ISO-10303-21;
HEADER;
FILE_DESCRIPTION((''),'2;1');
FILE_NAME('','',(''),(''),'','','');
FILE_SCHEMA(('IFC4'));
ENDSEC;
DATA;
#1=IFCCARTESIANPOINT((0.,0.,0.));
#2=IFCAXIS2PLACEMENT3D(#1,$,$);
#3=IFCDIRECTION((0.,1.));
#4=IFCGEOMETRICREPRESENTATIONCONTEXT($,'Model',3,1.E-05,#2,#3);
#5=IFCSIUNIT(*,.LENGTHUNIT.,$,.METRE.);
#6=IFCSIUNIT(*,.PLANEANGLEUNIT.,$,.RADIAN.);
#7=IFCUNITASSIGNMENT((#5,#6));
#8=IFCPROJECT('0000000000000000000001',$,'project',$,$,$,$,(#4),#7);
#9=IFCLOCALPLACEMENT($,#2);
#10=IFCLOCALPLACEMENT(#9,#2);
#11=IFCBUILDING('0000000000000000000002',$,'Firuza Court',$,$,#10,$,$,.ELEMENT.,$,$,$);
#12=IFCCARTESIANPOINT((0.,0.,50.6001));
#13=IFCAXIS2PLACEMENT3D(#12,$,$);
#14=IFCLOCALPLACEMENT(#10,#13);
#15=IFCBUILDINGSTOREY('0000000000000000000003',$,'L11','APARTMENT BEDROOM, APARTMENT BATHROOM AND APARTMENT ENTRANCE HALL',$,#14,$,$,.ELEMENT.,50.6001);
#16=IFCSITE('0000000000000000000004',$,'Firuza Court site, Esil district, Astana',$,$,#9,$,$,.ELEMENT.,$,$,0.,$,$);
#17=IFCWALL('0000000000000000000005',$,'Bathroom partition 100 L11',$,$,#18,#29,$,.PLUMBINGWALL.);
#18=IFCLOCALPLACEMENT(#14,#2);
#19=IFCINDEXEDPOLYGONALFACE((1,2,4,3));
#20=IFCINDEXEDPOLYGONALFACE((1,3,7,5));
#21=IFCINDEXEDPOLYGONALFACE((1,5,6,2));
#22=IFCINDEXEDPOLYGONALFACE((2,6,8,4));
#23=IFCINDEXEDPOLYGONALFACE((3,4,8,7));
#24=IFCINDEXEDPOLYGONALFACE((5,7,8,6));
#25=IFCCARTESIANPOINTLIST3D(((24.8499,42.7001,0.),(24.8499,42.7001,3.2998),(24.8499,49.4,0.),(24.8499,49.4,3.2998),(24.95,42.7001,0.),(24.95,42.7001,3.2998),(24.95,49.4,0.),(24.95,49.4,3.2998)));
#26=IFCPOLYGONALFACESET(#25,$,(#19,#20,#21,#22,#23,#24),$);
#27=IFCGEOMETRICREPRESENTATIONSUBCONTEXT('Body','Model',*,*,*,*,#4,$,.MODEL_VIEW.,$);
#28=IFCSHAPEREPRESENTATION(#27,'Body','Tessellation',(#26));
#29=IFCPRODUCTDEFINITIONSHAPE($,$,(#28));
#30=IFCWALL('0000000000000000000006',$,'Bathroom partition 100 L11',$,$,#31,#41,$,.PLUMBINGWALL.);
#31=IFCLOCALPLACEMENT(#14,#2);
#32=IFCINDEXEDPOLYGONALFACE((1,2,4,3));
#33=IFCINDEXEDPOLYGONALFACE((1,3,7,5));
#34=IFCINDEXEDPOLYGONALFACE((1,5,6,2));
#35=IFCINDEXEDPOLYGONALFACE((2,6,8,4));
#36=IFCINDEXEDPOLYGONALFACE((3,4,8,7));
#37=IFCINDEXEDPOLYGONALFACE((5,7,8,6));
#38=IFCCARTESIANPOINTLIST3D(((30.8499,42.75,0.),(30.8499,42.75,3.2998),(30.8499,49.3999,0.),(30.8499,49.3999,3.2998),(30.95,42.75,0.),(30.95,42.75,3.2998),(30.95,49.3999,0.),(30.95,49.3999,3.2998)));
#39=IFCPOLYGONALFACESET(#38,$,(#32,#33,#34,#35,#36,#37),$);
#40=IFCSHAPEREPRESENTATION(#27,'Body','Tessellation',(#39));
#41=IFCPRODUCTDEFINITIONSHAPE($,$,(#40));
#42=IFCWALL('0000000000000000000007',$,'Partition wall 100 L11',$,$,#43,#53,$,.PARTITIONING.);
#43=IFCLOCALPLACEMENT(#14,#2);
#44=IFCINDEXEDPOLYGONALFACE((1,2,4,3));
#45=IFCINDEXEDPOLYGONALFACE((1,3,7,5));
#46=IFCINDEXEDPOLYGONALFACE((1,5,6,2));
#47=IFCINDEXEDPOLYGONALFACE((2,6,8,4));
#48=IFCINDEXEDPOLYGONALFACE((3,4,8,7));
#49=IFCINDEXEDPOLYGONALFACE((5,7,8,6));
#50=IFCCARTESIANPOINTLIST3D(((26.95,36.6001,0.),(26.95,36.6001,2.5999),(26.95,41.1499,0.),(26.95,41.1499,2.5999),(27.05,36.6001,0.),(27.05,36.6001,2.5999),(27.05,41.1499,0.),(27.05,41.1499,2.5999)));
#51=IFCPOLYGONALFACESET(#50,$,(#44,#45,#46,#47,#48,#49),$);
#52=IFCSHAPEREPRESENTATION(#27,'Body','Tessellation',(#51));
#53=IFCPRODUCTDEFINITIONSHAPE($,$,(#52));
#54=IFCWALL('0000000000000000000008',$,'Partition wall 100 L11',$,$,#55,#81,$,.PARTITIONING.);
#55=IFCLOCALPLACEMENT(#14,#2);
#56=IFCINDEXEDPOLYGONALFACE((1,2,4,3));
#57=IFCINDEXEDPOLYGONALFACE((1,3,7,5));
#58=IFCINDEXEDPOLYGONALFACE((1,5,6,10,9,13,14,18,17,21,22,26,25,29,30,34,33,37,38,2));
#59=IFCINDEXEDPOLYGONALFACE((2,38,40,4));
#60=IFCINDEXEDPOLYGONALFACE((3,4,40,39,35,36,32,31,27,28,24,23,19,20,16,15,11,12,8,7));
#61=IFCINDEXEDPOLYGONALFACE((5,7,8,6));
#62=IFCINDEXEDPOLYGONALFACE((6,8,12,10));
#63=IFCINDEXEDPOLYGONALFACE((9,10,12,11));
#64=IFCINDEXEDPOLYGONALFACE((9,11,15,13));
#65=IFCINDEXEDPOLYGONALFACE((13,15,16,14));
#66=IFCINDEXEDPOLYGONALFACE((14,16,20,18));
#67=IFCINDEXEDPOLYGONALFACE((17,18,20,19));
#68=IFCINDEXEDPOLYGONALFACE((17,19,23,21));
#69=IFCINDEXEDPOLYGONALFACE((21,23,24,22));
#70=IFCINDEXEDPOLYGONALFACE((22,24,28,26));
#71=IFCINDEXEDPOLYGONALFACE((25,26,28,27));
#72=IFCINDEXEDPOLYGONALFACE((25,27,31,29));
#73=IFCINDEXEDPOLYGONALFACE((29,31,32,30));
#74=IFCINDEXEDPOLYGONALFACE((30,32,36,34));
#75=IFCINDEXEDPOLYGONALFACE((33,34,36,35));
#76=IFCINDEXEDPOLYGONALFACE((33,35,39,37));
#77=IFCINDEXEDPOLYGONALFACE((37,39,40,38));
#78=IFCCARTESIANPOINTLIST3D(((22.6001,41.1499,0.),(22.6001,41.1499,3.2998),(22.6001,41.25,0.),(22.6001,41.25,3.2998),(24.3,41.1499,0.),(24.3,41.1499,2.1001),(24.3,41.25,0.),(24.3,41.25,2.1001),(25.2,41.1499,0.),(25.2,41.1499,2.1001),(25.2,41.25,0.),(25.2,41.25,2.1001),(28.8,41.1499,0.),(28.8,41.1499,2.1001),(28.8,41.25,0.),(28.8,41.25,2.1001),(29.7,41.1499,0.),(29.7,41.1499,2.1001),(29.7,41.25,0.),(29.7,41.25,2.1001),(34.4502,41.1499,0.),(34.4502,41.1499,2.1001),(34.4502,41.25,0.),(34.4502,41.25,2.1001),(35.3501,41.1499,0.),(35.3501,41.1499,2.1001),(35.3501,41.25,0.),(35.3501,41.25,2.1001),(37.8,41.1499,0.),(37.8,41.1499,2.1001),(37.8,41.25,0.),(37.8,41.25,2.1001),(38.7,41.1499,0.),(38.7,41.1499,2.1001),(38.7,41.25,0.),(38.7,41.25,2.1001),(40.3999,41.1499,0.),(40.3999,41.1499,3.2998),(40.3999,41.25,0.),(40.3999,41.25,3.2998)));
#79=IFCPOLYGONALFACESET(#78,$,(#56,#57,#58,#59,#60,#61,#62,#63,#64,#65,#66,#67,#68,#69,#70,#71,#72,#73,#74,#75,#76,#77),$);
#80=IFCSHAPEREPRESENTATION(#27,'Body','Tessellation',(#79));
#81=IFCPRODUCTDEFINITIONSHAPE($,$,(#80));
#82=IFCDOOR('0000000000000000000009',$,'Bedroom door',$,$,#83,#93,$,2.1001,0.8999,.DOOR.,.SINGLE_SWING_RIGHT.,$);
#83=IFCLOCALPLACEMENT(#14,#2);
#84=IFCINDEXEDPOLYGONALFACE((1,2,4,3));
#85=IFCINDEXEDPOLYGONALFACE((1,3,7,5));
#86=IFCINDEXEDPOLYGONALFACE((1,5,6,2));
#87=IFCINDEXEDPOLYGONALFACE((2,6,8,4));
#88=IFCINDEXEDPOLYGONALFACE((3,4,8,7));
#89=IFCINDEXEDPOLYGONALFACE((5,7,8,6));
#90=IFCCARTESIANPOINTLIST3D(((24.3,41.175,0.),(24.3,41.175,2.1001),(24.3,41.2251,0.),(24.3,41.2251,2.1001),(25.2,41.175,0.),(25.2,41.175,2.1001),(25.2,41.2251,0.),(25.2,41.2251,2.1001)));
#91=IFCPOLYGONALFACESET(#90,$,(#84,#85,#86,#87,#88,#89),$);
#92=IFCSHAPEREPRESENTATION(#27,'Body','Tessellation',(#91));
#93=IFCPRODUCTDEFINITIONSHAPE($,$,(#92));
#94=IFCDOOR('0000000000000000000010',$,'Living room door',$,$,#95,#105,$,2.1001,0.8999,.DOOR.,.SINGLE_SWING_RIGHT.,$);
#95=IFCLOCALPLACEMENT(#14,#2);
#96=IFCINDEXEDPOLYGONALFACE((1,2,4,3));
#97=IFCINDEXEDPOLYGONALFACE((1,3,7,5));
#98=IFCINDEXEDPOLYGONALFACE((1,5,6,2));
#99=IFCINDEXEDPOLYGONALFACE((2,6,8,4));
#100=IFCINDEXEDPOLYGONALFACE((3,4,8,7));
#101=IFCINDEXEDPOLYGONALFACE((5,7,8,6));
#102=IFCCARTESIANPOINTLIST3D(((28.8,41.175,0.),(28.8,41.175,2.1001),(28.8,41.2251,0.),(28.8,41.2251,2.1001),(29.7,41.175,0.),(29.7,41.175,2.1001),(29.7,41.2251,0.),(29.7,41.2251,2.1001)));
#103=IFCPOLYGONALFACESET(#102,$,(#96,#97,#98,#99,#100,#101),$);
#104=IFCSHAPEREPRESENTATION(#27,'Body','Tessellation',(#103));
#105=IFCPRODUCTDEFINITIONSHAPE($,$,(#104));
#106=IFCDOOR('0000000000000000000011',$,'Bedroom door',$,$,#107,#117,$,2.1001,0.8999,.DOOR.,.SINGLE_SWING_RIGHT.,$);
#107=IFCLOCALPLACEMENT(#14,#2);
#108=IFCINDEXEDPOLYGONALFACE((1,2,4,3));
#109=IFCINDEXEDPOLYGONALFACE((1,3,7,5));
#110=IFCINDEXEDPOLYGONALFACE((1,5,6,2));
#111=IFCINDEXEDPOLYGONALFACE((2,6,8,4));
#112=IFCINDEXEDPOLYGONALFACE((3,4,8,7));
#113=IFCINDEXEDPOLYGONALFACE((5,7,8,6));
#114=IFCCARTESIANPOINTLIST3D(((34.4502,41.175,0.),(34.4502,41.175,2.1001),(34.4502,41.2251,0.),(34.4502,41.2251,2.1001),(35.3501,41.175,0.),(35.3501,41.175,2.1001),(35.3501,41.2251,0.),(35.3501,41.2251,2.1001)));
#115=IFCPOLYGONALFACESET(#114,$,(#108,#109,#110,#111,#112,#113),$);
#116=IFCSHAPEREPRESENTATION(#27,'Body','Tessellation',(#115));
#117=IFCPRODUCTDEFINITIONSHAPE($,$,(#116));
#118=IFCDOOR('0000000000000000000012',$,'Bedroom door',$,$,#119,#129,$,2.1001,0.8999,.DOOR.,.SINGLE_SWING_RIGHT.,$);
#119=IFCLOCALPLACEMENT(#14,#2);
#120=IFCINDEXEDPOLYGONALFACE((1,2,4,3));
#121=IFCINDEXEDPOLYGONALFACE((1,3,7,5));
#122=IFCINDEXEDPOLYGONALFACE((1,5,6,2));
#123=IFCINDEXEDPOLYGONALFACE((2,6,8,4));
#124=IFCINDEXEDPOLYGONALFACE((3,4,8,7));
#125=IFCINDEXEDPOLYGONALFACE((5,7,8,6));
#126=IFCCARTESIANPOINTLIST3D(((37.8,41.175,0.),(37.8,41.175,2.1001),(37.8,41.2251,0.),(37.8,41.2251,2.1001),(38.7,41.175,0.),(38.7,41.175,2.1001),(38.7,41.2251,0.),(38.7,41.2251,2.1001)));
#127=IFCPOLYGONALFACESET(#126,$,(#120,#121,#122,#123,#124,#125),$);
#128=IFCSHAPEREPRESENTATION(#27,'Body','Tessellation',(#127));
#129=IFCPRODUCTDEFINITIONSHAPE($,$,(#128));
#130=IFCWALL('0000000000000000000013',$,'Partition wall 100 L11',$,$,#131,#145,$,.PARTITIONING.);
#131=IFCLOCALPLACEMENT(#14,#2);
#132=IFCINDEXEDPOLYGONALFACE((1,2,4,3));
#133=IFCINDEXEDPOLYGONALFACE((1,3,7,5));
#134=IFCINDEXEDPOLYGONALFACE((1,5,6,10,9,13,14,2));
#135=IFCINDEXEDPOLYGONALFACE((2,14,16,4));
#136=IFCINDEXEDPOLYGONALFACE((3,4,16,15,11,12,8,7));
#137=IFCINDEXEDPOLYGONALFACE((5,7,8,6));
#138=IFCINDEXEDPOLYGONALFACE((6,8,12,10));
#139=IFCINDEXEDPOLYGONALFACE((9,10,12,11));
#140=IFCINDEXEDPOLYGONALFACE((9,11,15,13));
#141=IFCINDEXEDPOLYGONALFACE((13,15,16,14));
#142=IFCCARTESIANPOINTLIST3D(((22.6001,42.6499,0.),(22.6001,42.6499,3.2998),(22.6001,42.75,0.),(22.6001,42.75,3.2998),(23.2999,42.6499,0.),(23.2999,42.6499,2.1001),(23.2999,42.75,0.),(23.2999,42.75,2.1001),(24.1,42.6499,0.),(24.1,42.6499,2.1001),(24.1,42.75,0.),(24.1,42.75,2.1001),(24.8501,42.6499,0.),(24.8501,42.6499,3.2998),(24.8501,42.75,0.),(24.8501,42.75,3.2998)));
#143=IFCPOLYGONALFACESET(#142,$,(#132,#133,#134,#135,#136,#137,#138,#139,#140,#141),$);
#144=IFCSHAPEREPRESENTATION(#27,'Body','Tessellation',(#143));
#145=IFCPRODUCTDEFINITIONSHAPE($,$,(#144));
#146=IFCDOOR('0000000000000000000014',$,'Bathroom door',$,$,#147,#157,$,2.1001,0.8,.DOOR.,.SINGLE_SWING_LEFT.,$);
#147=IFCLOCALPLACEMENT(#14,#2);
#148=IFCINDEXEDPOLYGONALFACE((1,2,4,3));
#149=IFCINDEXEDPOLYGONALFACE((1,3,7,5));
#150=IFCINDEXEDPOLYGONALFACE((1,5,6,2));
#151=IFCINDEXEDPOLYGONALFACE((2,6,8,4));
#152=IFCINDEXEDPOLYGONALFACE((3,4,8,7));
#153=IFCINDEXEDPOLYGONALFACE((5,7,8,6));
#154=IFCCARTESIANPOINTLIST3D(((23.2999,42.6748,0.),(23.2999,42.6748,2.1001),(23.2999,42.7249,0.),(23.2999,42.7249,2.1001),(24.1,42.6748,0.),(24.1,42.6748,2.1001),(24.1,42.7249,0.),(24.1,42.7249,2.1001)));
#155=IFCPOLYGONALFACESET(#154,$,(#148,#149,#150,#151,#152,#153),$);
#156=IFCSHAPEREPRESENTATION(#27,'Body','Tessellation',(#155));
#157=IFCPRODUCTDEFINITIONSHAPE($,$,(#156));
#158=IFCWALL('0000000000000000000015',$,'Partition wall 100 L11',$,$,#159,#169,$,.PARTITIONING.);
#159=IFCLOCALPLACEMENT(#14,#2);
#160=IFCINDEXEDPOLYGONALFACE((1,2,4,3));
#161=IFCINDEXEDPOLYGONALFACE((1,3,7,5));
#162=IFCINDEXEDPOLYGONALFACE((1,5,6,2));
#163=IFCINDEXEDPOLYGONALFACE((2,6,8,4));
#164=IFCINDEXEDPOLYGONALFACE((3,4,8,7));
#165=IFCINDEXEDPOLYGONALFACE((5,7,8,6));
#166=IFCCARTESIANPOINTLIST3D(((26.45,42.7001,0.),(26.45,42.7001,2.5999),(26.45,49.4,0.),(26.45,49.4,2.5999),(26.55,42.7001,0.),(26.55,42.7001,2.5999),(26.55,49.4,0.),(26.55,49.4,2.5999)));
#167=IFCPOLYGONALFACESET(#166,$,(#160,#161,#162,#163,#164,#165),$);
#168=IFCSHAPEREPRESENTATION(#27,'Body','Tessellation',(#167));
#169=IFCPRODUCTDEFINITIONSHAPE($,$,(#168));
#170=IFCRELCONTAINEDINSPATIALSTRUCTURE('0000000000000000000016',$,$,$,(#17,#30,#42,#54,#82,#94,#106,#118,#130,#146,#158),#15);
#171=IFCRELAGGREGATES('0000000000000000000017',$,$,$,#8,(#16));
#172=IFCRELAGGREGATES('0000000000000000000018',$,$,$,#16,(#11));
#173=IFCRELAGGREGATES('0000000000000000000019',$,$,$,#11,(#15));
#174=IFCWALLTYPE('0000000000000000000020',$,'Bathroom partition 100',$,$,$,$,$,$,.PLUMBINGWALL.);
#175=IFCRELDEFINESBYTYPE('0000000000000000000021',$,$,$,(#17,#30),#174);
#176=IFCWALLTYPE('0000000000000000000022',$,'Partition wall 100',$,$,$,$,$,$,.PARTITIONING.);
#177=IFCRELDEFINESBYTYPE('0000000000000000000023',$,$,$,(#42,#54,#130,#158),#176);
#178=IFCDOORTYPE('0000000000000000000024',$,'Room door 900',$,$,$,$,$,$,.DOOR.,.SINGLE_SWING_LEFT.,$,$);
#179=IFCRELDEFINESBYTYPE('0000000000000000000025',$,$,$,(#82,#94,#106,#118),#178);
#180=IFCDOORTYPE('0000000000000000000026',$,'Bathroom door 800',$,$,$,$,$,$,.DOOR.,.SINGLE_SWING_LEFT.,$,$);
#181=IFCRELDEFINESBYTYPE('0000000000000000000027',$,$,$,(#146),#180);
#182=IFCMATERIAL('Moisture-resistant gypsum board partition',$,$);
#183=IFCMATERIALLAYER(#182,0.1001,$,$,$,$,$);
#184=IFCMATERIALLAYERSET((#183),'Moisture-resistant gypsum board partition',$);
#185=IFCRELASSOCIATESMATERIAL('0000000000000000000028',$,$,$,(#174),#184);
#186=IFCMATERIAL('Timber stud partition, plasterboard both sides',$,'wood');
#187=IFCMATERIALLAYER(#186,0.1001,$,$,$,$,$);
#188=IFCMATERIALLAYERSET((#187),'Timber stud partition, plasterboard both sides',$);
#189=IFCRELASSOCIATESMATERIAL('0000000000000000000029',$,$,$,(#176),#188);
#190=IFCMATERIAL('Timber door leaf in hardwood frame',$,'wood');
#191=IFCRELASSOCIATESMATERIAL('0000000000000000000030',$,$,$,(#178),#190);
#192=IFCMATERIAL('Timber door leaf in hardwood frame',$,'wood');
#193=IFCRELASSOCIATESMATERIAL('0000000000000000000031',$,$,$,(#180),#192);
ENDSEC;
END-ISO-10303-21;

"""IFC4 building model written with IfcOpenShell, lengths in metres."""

from ifc_helpers import new_model, si_unit, direction, frame, frame_2d, origin, place, context, subcontext, project, spatial, rectangle, extrude, material, layer, layer_set, type_object, element, fill, save


model = new_model("IFC4")

# Units and contexts
model_context = context("Model", 3, precision=1e-05, world=origin(), true_north=direction((0.0, 1.0)))
body_context = subcontext(model_context, "Body", "Model", "MODEL_VIEW")
ifc_project = project(units=[si_unit("LENGTHUNIT", "METRE"), si_unit("PLANEANGLEUNIT", "RADIAN")], contexts=[model_context])

# Site, building, storey
site_placement = place(None, origin())
site = spatial("IfcSite", under=ifc_project, at=site_placement, Name="Firuza Court site, Esil district, Astana", CompositionType="ELEMENT", RefElevation=0.0)
building_placement = place(site_placement, origin())
building = spatial("IfcBuilding", under=site, at=building_placement, Name="Firuza Court", CompositionType="ELEMENT")
storey_placement = place(building_placement, frame((0.0, 0.0, 50.6001)))
storey = spatial("IfcBuildingStorey", under=building, at=storey_placement, Name="L11", Description="APARTMENT BEDROOM, APARTMENT BATHROOM AND APARTMENT ENTRANCE HALL", CompositionType="ELEMENT", Elevation=50.6001)

# Walls
ifc_material_1 = material(Name="Moisture-resistant gypsum board partition")
ifc_layer_1 = layer(ifc_material_1, 0.1001)
ifc_layer_set_1 = layer_set([ifc_layer_1], Name="Moisture-resistant gypsum board partition")
wall_type_1 = type_object("IfcWallType", Name="Bathroom partition 100", PredefinedType="PLUMBINGWALL", material=ifc_layer_set_1)
wall_1_placement = place(storey_placement, frame((24.8999, 42.7, 0.0), z_axis=(0.0, 0.0, 1.0), x_axis=(0.0, 1.0, 0.0)))
element("IfcWall", 1, at=wall_1_placement, inside=storey, type_object=wall_type_1, Name="Bathroom partition 100 L11", PredefinedType="PLUMBINGWALL", context=body_context, shape_type="SweptSolid", body=[
    extrude(rectangle(XDim=6.7, YDim=0.1001, at=frame_2d((3.3501, 0.0))), origin(), (0.0, 0.0, 1.0), 3.2998),
])
wall_2_placement = place(storey_placement, frame((30.8999, 42.75, 0.0), z_axis=(0.0, 0.0, 1.0), x_axis=(0.0, 1.0, 0.0)))
element("IfcWall", 2, at=wall_2_placement, inside=storey, type_object=wall_type_1, Name="Bathroom partition 100 L11", PredefinedType="PLUMBINGWALL", context=body_context, shape_type="SweptSolid", body=[
    extrude(rectangle(XDim=6.6499, YDim=0.1001, at=frame_2d((3.325, 0.0))), origin(), (0.0, 0.0, 1.0), 3.2998),
])
ifc_material_2 = material(Name="Timber stud partition, plasterboard both sides", Category="wood")
ifc_layer_2 = layer(ifc_material_2, 0.1001)
ifc_layer_set_2 = layer_set([ifc_layer_2], Name="Timber stud partition, plasterboard both sides")
wall_type_2 = type_object("IfcWallType", Name="Partition wall 100", PredefinedType="PARTITIONING", material=ifc_layer_set_2)
wall_3_placement = place(storey_placement, frame((27.0, 36.6001, 0.0), z_axis=(0.0, 0.0, 1.0), x_axis=(0.0, 1.0, 0.0)))
element("IfcWall", 3, at=wall_3_placement, inside=storey, type_object=wall_type_2, Name="Partition wall 100 L11", PredefinedType="PARTITIONING", context=body_context, shape_type="SweptSolid", body=[
    extrude(rectangle(XDim=4.5498, YDim=0.1001, at=frame_2d((2.2749, 0.0))), origin(), (0.0, 0.0, 1.0), 2.5999),
])

# Wall, openings, doors
wall_4_placement = place(storey_placement, frame((22.6001, 41.2, 0.0), z_axis=(0.0, 0.0, 1.0), x_axis=(1.0, 0.0, 0.0)))
wall_4 = element("IfcWall", 4, at=wall_4_placement, inside=storey, type_object=wall_type_2, Name="Partition wall 100 L11", PredefinedType="PARTITIONING", context=body_context, shape_type="SweptSolid", body=[
    extrude(rectangle(XDim=17.7998, YDim=0.1001, at=frame_2d((8.8999, 0.0))), origin(), (0.0, 0.0, 1.0), 3.2998),
])
opening_1_placement = place(wall_4_placement, frame((1.7, 0.0, 0.0)))
opening_1 = element("IfcOpeningElement", 5, at=opening_1_placement, cuts=wall_4, PredefinedType="OPENING", context=body_context, shape_type="SweptSolid", body=[
    extrude(rectangle(XDim=0.8999, YDim=2.1001, at=frame_2d((0.45, 1.05))), frame((0.0, 0.062, 0.0), z_axis=(0.0, -1.0, 0.0), x_axis=(1.0, 0.0, 0.0)), (0.0, 0.0, 1.0), 0.124),
])
opening_2_placement = place(wall_4_placement, frame((6.2, 0.0, 0.0)))
opening_2 = element("IfcOpeningElement", 6, at=opening_2_placement, cuts=wall_4, PredefinedType="OPENING", context=body_context, shape_type="SweptSolid", body=[
    extrude(rectangle(XDim=0.8999, YDim=2.1001, at=frame_2d((0.45, 1.05))), frame((0.0, 0.062, 0.0), z_axis=(0.0, -1.0, 0.0), x_axis=(1.0, 0.0, 0.0)), (0.0, 0.0, 1.0), 0.124),
])
opening_3_placement = place(wall_4_placement, frame((11.8501, 0.0, 0.0)))
opening_3 = element("IfcOpeningElement", 7, at=opening_3_placement, cuts=wall_4, PredefinedType="OPENING", context=body_context, shape_type="SweptSolid", body=[
    extrude(rectangle(XDim=0.8999, YDim=2.1001, at=frame_2d((0.45, 1.05))), frame((0.0, 0.062, 0.0), z_axis=(0.0, -1.0, 0.0), x_axis=(1.0, 0.0, 0.0)), (0.0, 0.0, 1.0), 0.124),
])
opening_4_placement = place(wall_4_placement, frame((15.2, 0.0, 0.0)))
opening_4 = element("IfcOpeningElement", 8, at=opening_4_placement, cuts=wall_4, PredefinedType="OPENING", context=body_context, shape_type="SweptSolid", body=[
    extrude(rectangle(XDim=0.8999, YDim=2.1001, at=frame_2d((0.45, 1.05))), frame((0.0, 0.062, 0.0), z_axis=(0.0, -1.0, 0.0), x_axis=(1.0, 0.0, 0.0)), (0.0, 0.0, 1.0), 0.124),
])
ifc_material_3 = material(Name="Timber door leaf in hardwood frame", Category="wood")
door_type_1 = type_object("IfcDoorType", Name="Room door 900", OperationType="SINGLE_SWING_LEFT", PredefinedType="DOOR", material=ifc_material_3)
door_1_placement = place(opening_1_placement, frame((0.8999, 0.0, 0.0), z_axis=(0.0, 0.0, 1.0), x_axis=(-1.0, 0.0, 0.0)))
door_1 = element("IfcDoor", 9, at=door_1_placement, inside=storey, type_object=door_type_1, Name="Bedroom door", OperationType="SINGLE_SWING_RIGHT", OverallHeight=2.1001, OverallWidth=0.8999, PredefinedType="DOOR", context=body_context, shape_type="SweptSolid", body=[
    extrude(rectangle(XDim=0.8999, YDim=2.1001, at=frame_2d((0.45, 1.05))), frame((0.0, 0.0249, 0.0), z_axis=(0.0, -1.0, 0.0), x_axis=(1.0, 0.0, 0.0)), (0.0, 0.0, 1.0), 0.05),
])
fill(opening_1, door_1)
door_2_placement = place(opening_2_placement, frame((0.8999, 0.0, 0.0), z_axis=(0.0, 0.0, 1.0), x_axis=(-1.0, 0.0, 0.0)))
door_2 = element("IfcDoor", 10, at=door_2_placement, inside=storey, type_object=door_type_1, Name="Living room door", OperationType="SINGLE_SWING_RIGHT", OverallHeight=2.1001, OverallWidth=0.8999, PredefinedType="DOOR", context=body_context, shape_type="SweptSolid", body=[
    extrude(rectangle(XDim=0.8999, YDim=2.1001, at=frame_2d((0.45, 1.05))), frame((0.0, 0.0249, 0.0), z_axis=(0.0, -1.0, 0.0), x_axis=(1.0, 0.0, 0.0)), (0.0, 0.0, 1.0), 0.05),
])
fill(opening_2, door_2)
door_3_placement = place(opening_3_placement, frame((0.8999, 0.0, 0.0), z_axis=(0.0, 0.0, 1.0), x_axis=(-1.0, 0.0, 0.0)))
door_3 = element("IfcDoor", 11, at=door_3_placement, inside=storey, type_object=door_type_1, Name="Bedroom door", OperationType="SINGLE_SWING_RIGHT", OverallHeight=2.1001, OverallWidth=0.8999, PredefinedType="DOOR", context=body_context, shape_type="SweptSolid", body=[
    extrude(rectangle(XDim=0.8999, YDim=2.1001, at=frame_2d((0.45, 1.05))), frame((0.0, 0.0249, 0.0), z_axis=(0.0, -1.0, 0.0), x_axis=(1.0, 0.0, 0.0)), (0.0, 0.0, 1.0), 0.05),
])
fill(opening_3, door_3)
door_4_placement = place(opening_4_placement, frame((0.8999, 0.0, 0.0), z_axis=(0.0, 0.0, 1.0), x_axis=(-1.0, 0.0, 0.0)))
door_4 = element("IfcDoor", 12, at=door_4_placement, inside=storey, type_object=door_type_1, Name="Bedroom door", OperationType="SINGLE_SWING_RIGHT", OverallHeight=2.1001, OverallWidth=0.8999, PredefinedType="DOOR", context=body_context, shape_type="SweptSolid", body=[
    extrude(rectangle(XDim=0.8999, YDim=2.1001, at=frame_2d((0.45, 1.05))), frame((0.0, 0.0249, 0.0), z_axis=(0.0, -1.0, 0.0), x_axis=(1.0, 0.0, 0.0)), (0.0, 0.0, 1.0), 0.05),
])
fill(opening_4, door_4)

# Wall, opening, door
wall_5_placement = place(storey_placement, frame((22.6001, 42.7, 0.0), z_axis=(0.0, 0.0, 1.0), x_axis=(1.0, 0.0, 0.0)))
wall_5 = element("IfcWall", 13, at=wall_5_placement, inside=storey, type_object=wall_type_2, Name="Partition wall 100 L11", PredefinedType="PARTITIONING", context=body_context, shape_type="SweptSolid", body=[
    extrude(rectangle(XDim=2.25, YDim=0.1001, at=frame_2d((1.125, 0.0))), origin(), (0.0, 0.0, 1.0), 3.2998),
])
opening_5_placement = place(wall_5_placement, frame((0.7, 0.0, 0.0)))
opening_5 = element("IfcOpeningElement", 14, at=opening_5_placement, cuts=wall_5, PredefinedType="OPENING", context=body_context, shape_type="SweptSolid", body=[
    extrude(rectangle(XDim=0.8, YDim=2.1001, at=frame_2d((0.3999, 1.05))), frame((0.0, 0.062, 0.0), z_axis=(0.0, -1.0, 0.0), x_axis=(1.0, 0.0, 0.0)), (0.0, 0.0, 1.0), 0.124),
])
ifc_material_4 = material(Name="Timber door leaf in hardwood frame", Category="wood")
door_type_2 = type_object("IfcDoorType", Name="Bathroom door 800", OperationType="SINGLE_SWING_LEFT", PredefinedType="DOOR", material=ifc_material_4)
door_5_placement = place(opening_5_placement, origin())
door_5 = element("IfcDoor", 15, at=door_5_placement, inside=storey, type_object=door_type_2, Name="Bathroom door", OperationType="SINGLE_SWING_LEFT", OverallHeight=2.1001, OverallWidth=0.8, PredefinedType="DOOR", context=body_context, shape_type="SweptSolid", body=[
    extrude(rectangle(XDim=0.8, YDim=2.1001, at=frame_2d((0.3999, 1.05))), frame((0.0, 0.0249, 0.0), z_axis=(0.0, -1.0, 0.0), x_axis=(1.0, 0.0, 0.0)), (0.0, 0.0, 1.0), 0.05),
])
fill(opening_5, door_5)

# Wall
wall_6_placement = place(storey_placement, frame((26.5, 42.7, 0.0), z_axis=(0.0, 0.0, 1.0), x_axis=(0.0, 1.0, 0.0)))
element("IfcWall", 16, at=wall_6_placement, inside=storey, type_object=wall_type_2, Name="Partition wall 100 L11", PredefinedType="PARTITIONING", context=body_context, shape_type="SweptSolid", body=[
    extrude(rectangle(XDim=6.7, YDim=0.1001, at=frame_2d((3.3501, 0.0))), origin(), (0.0, 0.0, 1.0), 2.5999),
])

save(model, "model.ifc")
